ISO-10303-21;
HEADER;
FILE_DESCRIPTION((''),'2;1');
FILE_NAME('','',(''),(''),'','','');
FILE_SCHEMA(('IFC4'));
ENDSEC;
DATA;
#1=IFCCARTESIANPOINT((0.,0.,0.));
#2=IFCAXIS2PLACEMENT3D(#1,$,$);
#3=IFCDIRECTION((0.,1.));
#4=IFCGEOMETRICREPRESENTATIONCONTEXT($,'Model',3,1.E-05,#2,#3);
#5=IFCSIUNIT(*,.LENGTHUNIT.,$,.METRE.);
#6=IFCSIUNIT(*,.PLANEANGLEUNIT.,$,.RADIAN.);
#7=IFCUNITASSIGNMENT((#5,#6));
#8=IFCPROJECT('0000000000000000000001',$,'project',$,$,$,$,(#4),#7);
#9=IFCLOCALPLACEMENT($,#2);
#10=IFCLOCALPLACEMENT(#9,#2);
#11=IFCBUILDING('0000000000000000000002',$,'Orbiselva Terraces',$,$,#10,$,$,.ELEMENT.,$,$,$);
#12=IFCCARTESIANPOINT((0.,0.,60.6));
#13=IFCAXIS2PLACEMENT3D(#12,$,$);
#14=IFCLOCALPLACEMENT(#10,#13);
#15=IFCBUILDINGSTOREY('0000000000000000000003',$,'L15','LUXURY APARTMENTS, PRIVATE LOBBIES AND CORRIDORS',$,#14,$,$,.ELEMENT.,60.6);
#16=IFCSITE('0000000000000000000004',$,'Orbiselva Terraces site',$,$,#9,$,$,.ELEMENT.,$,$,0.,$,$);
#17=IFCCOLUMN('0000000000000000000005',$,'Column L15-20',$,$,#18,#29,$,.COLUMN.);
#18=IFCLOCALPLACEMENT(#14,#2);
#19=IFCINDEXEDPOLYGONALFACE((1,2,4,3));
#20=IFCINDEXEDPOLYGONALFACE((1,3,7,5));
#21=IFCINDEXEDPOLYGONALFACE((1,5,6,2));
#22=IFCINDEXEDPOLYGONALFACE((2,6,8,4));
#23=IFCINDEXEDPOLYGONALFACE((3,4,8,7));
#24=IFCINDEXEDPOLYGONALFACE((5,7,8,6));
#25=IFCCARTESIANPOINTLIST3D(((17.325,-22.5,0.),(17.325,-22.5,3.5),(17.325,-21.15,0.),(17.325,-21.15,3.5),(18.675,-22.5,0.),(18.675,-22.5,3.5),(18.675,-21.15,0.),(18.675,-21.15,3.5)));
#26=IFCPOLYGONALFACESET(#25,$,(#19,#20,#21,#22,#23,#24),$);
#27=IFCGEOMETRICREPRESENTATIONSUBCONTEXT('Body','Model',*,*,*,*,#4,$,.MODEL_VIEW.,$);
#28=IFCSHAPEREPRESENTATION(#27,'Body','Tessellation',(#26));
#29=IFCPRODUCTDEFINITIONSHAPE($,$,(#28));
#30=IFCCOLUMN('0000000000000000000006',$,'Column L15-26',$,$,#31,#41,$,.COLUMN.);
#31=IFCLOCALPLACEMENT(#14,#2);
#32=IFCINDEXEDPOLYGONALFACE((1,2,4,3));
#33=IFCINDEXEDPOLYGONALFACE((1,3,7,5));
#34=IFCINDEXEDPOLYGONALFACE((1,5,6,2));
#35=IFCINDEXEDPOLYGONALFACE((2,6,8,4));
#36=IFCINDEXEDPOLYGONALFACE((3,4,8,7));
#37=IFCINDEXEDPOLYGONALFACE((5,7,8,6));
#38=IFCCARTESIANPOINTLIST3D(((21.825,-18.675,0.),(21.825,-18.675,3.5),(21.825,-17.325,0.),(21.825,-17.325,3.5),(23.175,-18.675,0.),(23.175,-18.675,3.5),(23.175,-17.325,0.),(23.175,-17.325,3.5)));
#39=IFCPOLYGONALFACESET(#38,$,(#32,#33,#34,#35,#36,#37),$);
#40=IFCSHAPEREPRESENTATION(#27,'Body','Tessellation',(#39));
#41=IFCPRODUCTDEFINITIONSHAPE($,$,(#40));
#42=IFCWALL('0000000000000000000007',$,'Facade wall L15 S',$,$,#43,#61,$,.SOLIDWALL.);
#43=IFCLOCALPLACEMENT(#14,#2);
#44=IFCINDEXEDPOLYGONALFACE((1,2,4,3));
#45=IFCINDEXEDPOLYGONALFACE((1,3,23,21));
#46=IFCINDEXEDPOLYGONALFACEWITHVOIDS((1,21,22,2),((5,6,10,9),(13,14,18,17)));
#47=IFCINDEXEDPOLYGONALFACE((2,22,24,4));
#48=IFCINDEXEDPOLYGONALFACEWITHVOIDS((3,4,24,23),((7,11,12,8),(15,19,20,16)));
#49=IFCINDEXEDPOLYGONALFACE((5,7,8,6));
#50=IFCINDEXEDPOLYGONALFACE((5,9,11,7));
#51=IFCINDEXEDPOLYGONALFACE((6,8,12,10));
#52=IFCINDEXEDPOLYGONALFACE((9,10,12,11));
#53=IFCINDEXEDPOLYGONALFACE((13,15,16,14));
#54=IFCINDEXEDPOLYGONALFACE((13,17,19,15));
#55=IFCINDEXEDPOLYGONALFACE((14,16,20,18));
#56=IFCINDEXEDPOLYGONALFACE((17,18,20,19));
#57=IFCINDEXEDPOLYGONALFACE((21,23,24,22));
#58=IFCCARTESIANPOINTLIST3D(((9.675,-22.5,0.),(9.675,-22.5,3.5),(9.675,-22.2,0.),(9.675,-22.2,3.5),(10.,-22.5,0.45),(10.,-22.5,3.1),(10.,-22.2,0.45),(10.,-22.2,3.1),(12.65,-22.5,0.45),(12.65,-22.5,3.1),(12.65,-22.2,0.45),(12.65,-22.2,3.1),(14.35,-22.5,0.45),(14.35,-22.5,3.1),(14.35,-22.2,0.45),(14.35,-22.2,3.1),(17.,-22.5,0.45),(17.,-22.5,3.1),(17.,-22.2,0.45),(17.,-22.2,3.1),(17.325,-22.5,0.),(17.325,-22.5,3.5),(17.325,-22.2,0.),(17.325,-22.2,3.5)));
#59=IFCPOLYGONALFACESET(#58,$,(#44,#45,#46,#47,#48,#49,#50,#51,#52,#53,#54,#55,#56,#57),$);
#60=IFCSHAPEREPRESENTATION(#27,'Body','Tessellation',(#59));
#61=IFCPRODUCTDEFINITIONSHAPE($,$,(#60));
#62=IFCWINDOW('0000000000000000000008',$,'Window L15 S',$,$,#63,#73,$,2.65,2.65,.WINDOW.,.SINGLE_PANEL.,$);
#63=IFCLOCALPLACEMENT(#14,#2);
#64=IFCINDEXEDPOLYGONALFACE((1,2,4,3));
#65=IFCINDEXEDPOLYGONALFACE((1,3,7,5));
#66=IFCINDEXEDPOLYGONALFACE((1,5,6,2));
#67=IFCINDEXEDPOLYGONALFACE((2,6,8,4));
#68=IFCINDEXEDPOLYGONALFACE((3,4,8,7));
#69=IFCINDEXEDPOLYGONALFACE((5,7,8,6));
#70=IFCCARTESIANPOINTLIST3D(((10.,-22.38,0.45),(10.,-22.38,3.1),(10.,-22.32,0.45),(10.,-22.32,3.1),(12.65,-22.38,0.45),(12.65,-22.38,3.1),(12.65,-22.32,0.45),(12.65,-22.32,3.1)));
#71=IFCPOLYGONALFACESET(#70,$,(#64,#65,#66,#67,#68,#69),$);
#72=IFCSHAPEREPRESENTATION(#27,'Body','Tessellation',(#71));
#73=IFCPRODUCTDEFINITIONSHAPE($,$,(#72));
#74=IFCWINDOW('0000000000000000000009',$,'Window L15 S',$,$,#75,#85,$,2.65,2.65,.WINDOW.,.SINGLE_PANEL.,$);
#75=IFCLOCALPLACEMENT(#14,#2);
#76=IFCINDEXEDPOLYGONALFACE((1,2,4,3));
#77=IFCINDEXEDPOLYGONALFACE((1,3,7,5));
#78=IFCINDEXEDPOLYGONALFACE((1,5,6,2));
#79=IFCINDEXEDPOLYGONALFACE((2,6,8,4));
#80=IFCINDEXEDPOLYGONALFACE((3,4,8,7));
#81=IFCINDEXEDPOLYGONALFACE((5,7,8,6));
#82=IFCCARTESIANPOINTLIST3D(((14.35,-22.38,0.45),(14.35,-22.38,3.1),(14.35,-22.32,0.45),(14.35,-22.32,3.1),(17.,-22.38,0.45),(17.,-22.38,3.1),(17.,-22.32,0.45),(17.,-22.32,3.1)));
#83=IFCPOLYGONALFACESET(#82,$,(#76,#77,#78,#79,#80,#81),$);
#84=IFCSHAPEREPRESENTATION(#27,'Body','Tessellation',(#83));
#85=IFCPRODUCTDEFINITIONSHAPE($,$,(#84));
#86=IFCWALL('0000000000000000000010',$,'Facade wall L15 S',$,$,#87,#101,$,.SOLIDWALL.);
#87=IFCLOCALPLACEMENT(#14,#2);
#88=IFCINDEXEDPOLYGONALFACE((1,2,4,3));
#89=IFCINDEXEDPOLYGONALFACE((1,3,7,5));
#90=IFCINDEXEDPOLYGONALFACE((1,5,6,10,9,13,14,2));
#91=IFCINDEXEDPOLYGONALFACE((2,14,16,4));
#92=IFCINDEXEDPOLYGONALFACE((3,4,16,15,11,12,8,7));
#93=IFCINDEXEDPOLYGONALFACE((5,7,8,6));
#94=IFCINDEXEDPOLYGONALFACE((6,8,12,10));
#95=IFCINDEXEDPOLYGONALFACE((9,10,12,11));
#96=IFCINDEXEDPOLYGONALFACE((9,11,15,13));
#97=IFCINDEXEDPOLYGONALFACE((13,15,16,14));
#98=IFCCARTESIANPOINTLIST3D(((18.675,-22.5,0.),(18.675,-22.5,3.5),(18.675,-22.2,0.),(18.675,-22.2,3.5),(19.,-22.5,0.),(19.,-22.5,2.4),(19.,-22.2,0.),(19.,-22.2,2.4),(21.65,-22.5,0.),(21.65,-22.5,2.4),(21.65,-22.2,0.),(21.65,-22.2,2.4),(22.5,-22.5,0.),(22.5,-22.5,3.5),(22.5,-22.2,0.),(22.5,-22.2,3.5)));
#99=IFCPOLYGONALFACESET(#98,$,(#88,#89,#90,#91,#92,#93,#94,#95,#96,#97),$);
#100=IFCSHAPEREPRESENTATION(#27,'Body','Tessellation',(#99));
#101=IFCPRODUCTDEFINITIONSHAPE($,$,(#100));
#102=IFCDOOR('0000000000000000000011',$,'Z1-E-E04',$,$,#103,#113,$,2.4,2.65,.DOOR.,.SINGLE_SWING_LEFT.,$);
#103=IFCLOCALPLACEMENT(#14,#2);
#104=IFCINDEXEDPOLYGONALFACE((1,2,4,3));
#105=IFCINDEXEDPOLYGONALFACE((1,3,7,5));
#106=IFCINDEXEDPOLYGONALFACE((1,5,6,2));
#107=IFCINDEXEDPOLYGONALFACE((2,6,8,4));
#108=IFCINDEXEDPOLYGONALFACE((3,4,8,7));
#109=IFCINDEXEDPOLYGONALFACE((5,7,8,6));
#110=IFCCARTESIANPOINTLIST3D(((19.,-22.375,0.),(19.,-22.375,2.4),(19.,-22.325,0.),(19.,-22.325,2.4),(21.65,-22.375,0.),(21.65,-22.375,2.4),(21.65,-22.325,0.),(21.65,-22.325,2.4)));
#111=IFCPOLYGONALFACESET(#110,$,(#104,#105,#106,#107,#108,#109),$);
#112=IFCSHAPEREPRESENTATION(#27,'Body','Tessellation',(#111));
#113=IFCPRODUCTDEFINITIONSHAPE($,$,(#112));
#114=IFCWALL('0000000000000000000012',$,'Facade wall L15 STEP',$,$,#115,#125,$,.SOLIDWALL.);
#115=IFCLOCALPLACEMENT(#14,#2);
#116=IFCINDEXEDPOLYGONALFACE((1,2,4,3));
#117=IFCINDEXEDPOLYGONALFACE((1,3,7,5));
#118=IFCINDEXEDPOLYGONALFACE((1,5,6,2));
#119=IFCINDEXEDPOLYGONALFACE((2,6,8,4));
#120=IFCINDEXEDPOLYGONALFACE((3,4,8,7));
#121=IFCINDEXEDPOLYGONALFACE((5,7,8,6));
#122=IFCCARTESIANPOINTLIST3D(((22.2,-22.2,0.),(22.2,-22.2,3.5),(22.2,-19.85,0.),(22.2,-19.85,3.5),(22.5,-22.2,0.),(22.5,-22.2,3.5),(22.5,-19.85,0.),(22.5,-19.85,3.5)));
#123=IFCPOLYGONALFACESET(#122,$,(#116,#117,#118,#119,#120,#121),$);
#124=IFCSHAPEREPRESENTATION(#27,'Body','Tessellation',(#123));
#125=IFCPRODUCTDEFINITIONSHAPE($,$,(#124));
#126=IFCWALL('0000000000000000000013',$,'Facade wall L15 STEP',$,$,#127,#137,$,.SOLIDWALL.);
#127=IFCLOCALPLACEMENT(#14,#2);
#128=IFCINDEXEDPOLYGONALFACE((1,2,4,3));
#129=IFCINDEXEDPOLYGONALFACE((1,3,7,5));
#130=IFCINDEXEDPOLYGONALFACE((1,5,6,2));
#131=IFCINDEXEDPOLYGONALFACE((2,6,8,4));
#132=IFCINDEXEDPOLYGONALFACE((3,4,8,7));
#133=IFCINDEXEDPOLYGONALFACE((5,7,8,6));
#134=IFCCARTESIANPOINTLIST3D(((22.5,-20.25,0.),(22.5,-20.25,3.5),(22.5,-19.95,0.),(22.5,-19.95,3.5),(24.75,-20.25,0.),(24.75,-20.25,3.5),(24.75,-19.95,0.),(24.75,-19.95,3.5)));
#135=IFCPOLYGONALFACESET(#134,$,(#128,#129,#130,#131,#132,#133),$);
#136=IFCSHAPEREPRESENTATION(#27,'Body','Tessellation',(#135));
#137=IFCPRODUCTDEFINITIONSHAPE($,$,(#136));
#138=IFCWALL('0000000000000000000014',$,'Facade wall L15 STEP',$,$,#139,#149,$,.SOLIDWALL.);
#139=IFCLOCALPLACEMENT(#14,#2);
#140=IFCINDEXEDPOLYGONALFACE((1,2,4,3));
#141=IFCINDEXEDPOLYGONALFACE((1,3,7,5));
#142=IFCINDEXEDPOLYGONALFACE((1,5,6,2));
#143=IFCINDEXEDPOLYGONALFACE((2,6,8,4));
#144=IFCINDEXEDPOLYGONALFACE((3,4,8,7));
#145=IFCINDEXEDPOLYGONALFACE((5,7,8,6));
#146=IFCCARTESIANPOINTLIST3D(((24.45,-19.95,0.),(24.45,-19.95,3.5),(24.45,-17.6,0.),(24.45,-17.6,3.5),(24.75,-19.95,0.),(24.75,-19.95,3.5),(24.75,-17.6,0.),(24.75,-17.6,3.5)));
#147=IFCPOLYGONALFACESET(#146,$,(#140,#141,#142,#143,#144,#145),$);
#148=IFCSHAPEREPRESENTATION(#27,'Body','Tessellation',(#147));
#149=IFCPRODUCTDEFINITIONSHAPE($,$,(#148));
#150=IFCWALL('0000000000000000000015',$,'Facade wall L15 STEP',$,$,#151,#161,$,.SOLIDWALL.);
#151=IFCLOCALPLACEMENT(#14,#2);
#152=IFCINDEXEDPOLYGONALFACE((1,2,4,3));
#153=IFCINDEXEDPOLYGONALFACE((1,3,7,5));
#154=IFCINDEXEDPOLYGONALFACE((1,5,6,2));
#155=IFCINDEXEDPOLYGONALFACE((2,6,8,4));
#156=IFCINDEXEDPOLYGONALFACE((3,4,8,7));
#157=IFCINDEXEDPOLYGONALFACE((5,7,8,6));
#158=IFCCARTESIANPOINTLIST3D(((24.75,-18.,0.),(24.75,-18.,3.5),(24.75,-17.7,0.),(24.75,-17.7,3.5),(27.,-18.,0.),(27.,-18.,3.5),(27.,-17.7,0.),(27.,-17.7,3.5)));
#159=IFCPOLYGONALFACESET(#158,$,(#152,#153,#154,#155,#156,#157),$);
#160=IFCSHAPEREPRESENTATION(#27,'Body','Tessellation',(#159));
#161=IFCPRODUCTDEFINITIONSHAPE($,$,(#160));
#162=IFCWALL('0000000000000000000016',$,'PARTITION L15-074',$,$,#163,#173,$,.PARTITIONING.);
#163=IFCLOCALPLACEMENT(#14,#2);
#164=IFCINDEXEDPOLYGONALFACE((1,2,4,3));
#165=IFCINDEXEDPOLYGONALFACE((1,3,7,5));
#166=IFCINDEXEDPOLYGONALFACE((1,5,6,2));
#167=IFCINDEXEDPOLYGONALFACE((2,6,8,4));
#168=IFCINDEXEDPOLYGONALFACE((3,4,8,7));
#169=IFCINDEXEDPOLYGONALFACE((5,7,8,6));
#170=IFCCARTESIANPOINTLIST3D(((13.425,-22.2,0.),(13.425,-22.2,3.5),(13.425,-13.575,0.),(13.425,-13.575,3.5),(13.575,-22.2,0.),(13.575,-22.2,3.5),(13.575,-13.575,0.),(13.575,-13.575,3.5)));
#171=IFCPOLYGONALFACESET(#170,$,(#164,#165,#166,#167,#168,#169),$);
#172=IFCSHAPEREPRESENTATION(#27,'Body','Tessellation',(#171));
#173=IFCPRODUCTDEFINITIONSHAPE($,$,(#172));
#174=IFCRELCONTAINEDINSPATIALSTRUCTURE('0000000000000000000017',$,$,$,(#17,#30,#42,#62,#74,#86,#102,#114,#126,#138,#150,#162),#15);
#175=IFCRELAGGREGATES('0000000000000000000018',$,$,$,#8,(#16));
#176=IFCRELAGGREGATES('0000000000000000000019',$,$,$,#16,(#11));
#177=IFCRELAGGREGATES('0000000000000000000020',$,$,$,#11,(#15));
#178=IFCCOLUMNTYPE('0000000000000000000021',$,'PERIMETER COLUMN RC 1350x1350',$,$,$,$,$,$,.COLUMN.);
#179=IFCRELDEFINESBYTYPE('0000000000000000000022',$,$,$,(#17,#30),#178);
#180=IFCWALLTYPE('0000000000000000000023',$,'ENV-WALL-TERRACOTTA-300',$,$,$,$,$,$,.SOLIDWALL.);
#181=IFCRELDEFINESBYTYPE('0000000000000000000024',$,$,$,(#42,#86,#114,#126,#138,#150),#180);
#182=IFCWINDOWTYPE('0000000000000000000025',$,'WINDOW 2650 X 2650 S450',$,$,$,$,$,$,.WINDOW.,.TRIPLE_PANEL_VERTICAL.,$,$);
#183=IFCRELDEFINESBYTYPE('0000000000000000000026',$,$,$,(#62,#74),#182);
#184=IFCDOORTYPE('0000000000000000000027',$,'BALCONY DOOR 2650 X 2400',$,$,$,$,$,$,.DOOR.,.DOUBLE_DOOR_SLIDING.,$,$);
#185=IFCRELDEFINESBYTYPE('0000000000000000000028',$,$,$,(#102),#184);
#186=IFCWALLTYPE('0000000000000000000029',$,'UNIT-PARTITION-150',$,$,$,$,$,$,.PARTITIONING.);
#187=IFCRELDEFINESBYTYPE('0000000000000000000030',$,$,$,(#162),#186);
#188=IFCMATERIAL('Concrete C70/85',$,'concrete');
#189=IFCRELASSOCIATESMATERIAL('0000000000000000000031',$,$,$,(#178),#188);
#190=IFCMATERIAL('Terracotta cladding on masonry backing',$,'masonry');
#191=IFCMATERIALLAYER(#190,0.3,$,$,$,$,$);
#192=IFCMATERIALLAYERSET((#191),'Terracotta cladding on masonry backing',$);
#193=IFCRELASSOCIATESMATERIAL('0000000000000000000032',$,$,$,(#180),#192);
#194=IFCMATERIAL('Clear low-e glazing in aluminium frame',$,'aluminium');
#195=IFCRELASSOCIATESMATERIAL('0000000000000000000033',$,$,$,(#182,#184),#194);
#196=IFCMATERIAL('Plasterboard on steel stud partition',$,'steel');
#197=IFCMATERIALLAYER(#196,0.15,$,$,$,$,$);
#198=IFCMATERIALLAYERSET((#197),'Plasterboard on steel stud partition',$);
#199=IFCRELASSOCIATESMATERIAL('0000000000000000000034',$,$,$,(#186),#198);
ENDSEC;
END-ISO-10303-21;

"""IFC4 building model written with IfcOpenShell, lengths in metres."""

from ifc_helpers import new_model, si_unit, direction, frame, frame_2d, origin, origin_2d, place, context, subcontext, project, spatial, rectangle, extrude, material, layer, layer_set, material_profile, profile_set, type_object, element, fill, save


model = new_model("IFC4")

# Units and contexts
model_context = context("Model", 3, precision=1e-05, world=origin(), true_north=direction((0.0, 1.0)))
body_context = subcontext(model_context, "Body", "Model", "MODEL_VIEW")
ifc_project = project(units=[si_unit("LENGTHUNIT", "METRE"), si_unit("PLANEANGLEUNIT", "RADIAN")], contexts=[model_context])

# Site, building, storey
site_placement = place(None, origin())
site = spatial("IfcSite", under=ifc_project, at=site_placement, Name="Orbiselva Terraces site", CompositionType="ELEMENT", RefElevation=0.0)
building_placement = place(site_placement, origin())
building = spatial("IfcBuilding", under=site, at=building_placement, Name="Orbiselva Terraces", CompositionType="ELEMENT")
storey_placement = place(building_placement, frame((0.0, 0.0, 60.6)))
storey = spatial("IfcBuildingStorey", under=building, at=storey_placement, Name="L15", Description="LUXURY APARTMENTS, PRIVATE LOBBIES AND CORRIDORS", CompositionType="ELEMENT", Elevation=60.6)

# Columns
ifc_material_1 = material(Name="Concrete C70/85", Category="concrete")
ifc_material_profile = material_profile(ifc_material_1, rectangle(XDim=1.35, YDim=1.35, at=origin_2d()), Name="RC 1350x1350")
ifc_profile_set = profile_set([ifc_material_profile], Name="Concrete C70/85")
column_type = type_object("IfcColumnType", Name="PERIMETER COLUMN RC 1350x1350", PredefinedType="COLUMN", material=ifc_profile_set)
for number, where, z_axis, x_axis, name in (
    (1, (18.0, -21.825, 0.0), (0.0, 0.0, 1.0), (1.0, 0.0, 0.0), "Column L15-20"),
    (2, (22.5, -18.0, 0.0), (0.0, 0.0, 1.0), (1.0, 0.0, 0.0), "Column L15-26"),
):
    element("IfcColumn", number, at=place(storey_placement, frame(where, z_axis=z_axis, x_axis=x_axis)), inside=storey, type_object=column_type, Name=name, PredefinedType="COLUMN", context=body_context, shape_type="SweptSolid", body=[
        extrude(rectangle(XDim=1.35, YDim=1.35, at=origin_2d()), origin(), (0.0, 0.0, 1.0), 3.5),
    ])

# Wall, openings, windows
ifc_material_2 = material(Name="Terracotta cladding on masonry backing", Category="masonry")
ifc_layer_1 = layer(ifc_material_2, 0.3)
ifc_layer_set_1 = layer_set([ifc_layer_1], Name="Terracotta cladding on masonry backing")
wall_type_1 = type_object("IfcWallType", Name="ENV-WALL-TERRACOTTA-300", PredefinedType="SOLIDWALL", material=ifc_layer_set_1)
wall_1_placement = place(storey_placement, frame((17.325, -22.35, 0.0), z_axis=(0.0, 0.0, 1.0), x_axis=(-1.0, 0.0, 0.0)))
wall_1 = element("IfcWall", 3, at=wall_1_placement, inside=storey, type_object=wall_type_1, Name="Facade wall L15 S", PredefinedType="SOLIDWALL", context=body_context, shape_type="SweptSolid", body=[
    extrude(rectangle(XDim=7.65, YDim=0.3, at=frame_2d((3.825, 0.0))), origin(), (0.0, 0.0, 1.0), 3.5),
])
opening_1_placement = place(wall_1_placement, frame((4.675, 0.0, 0.45)))
opening_1 = element("IfcOpeningElement", 4, at=opening_1_placement, cuts=wall_1, PredefinedType="OPENING", context=body_context, shape_type="SweptSolid", body=[
    extrude(rectangle(XDim=2.65, YDim=2.65, at=frame_2d((1.325, 1.325))), frame((0.0, 0.16, 0.0), z_axis=(0.0, -1.0, 0.0), x_axis=(1.0, 0.0, 0.0)), (0.0, 0.0, 1.0), 0.32),
])
opening_2_placement = place(wall_1_placement, frame((0.325, 0.0, 0.45)))
opening_2 = element("IfcOpeningElement", 5, at=opening_2_placement, cuts=wall_1, PredefinedType="OPENING", context=body_context, shape_type="SweptSolid", body=[
    extrude(rectangle(XDim=2.65, YDim=2.65, at=frame_2d((1.325, 1.325))), frame((0.0, 0.16, 0.0), z_axis=(0.0, -1.0, 0.0), x_axis=(1.0, 0.0, 0.0)), (0.0, 0.0, 1.0), 0.32),
])
ifc_material_3 = material(Name="Clear low-e glazing in aluminium frame", Category="aluminium")
window_type = type_object("IfcWindowType", Name="WINDOW 2650 X 2650 S450", PartitioningType="TRIPLE_PANEL_VERTICAL", PredefinedType="WINDOW", material=ifc_material_3)
window_1_placement = place(opening_1_placement, origin())
window_1 = element("IfcWindow", 6, at=window_1_placement, inside=storey, type_object=window_type, Name="Window L15 S", OverallHeight=2.65, OverallWidth=2.65, PartitioningType="SINGLE_PANEL", PredefinedType="WINDOW", context=body_context, shape_type="SweptSolid", body=[
    extrude(rectangle(XDim=2.65, YDim=2.65, at=frame_2d((1.325, 1.325))), frame((0.0, 0.03, 0.0), z_axis=(0.0, -1.0, 0.0), x_axis=(1.0, 0.0, 0.0)), (0.0, 0.0, 1.0), 0.06),
])
fill(opening_1, window_1)
window_2_placement = place(opening_2_placement, origin())
window_2 = element("IfcWindow", 7, at=window_2_placement, inside=storey, type_object=window_type, Name="Window L15 S", OverallHeight=2.65, OverallWidth=2.65, PartitioningType="SINGLE_PANEL", PredefinedType="WINDOW", context=body_context, shape_type="SweptSolid", body=[
    extrude(rectangle(XDim=2.65, YDim=2.65, at=frame_2d((1.325, 1.325))), frame((0.0, 0.03, 0.0), z_axis=(0.0, -1.0, 0.0), x_axis=(1.0, 0.0, 0.0)), (0.0, 0.0, 1.0), 0.06),
])
fill(opening_2, window_2)

# Wall, opening, door
wall_2_placement = place(storey_placement, frame((22.5, -22.35, 0.0), z_axis=(0.0, 0.0, 1.0), x_axis=(-1.0, 0.0, 0.0)))
wall_2 = element("IfcWall", 8, at=wall_2_placement, inside=storey, type_object=wall_type_1, Name="Facade wall L15 S", PredefinedType="SOLIDWALL", context=body_context, shape_type="SweptSolid", body=[
    extrude(rectangle(XDim=3.825, YDim=0.3, at=frame_2d((1.9125, 0.0))), origin(), (0.0, 0.0, 1.0), 3.5),
])
opening_3_placement = place(wall_2_placement, frame((0.85, 0.0, 0.0)))
opening_3 = element("IfcOpeningElement", 9, at=opening_3_placement, cuts=wall_2, PredefinedType="OPENING", context=body_context, shape_type="SweptSolid", body=[
    extrude(rectangle(XDim=2.65, YDim=2.4, at=frame_2d((1.325, 1.2))), frame((0.0, 0.16, 0.0), z_axis=(0.0, -1.0, 0.0), x_axis=(1.0, 0.0, 0.0)), (0.0, 0.0, 1.0), 0.32),
])
door_type = type_object("IfcDoorType", Name="BALCONY DOOR 2650 X 2400", OperationType="DOUBLE_DOOR_SLIDING", PredefinedType="DOOR", material=ifc_material_3)
door_placement = place(opening_3_placement, origin())
door = element("IfcDoor", 10, at=door_placement, inside=storey, type_object=door_type, Name="Z1-E-E04", OperationType="SINGLE_SWING_LEFT", OverallHeight=2.4, OverallWidth=2.65, PredefinedType="DOOR", context=body_context, shape_type="SweptSolid", body=[
    extrude(rectangle(XDim=2.65, YDim=2.4, at=frame_2d((1.325, 1.2))), frame((0.0, 0.025, 0.0), z_axis=(0.0, -1.0, 0.0), x_axis=(1.0, 0.0, 0.0)), (0.0, 0.0, 1.0), 0.05),
])
fill(opening_3, door)

# Walls
wall_3_placement = place(storey_placement, frame((22.35, -19.85, 0.0), z_axis=(0.0, 0.0, 1.0), x_axis=(0.0, -1.0, 0.0)))
element("IfcWall", 11, at=wall_3_placement, inside=storey, type_object=wall_type_1, Name="Facade wall L15 STEP", PredefinedType="SOLIDWALL", context=body_context, shape_type="SweptSolid", body=[
    extrude(rectangle(XDim=2.35, YDim=0.3, at=frame_2d((1.175, 0.0))), origin(), (0.0, 0.0, 1.0), 3.5),
])
wall_4_placement = place(storey_placement, frame((24.75, -20.1, 0.0), z_axis=(0.0, 0.0, 1.0), x_axis=(-1.0, 0.0, 0.0)))
element("IfcWall", 12, at=wall_4_placement, inside=storey, type_object=wall_type_1, Name="Facade wall L15 STEP", PredefinedType="SOLIDWALL", context=body_context, shape_type="SweptSolid", body=[
    extrude(rectangle(XDim=2.25, YDim=0.3, at=frame_2d((1.125, 0.0))), origin(), (0.0, 0.0, 1.0), 3.5),
])
wall_5_placement = place(storey_placement, frame((24.6, -17.6, 0.0), z_axis=(0.0, 0.0, 1.0), x_axis=(0.0, -1.0, 0.0)))
element("IfcWall", 13, at=wall_5_placement, inside=storey, type_object=wall_type_1, Name="Facade wall L15 STEP", PredefinedType="SOLIDWALL", context=body_context, shape_type="SweptSolid", body=[
    extrude(rectangle(XDim=2.35, YDim=0.3, at=frame_2d((1.175, 0.0))), origin(), (0.0, 0.0, 1.0), 3.5),
])
wall_6_placement = place(storey_placement, frame((27.0, -17.85, 0.0), z_axis=(0.0, 0.0, 1.0), x_axis=(-1.0, 0.0, 0.0)))
element("IfcWall", 14, at=wall_6_placement, inside=storey, type_object=wall_type_1, Name="Facade wall L15 STEP", PredefinedType="SOLIDWALL", context=body_context, shape_type="SweptSolid", body=[
    extrude(rectangle(XDim=2.25, YDim=0.3, at=frame_2d((1.125, 0.0))), origin(), (0.0, 0.0, 1.0), 3.5),
])
ifc_material_4 = material(Name="Plasterboard on steel stud partition", Category="steel")
ifc_layer_2 = layer(ifc_material_4, 0.15)
ifc_layer_set_2 = layer_set([ifc_layer_2], Name="Plasterboard on steel stud partition")
wall_type_2 = type_object("IfcWallType", Name="UNIT-PARTITION-150", PredefinedType="PARTITIONING", material=ifc_layer_set_2)
wall_7_placement = place(storey_placement, frame((13.5, -22.2, 0.0), z_axis=(0.0, 0.0, 1.0), x_axis=(0.0, 1.0, 0.0)))
element("IfcWall", 15, at=wall_7_placement, inside=storey, type_object=wall_type_2, Name="PARTITION L15-074", PredefinedType="PARTITIONING", context=body_context, shape_type="SweptSolid", body=[
    extrude(rectangle(XDim=8.625, YDim=0.15, at=frame_2d((4.3125, 0.0))), origin(), (0.0, 0.0, 1.0), 3.5),
])

save(model, "model.ifc")
